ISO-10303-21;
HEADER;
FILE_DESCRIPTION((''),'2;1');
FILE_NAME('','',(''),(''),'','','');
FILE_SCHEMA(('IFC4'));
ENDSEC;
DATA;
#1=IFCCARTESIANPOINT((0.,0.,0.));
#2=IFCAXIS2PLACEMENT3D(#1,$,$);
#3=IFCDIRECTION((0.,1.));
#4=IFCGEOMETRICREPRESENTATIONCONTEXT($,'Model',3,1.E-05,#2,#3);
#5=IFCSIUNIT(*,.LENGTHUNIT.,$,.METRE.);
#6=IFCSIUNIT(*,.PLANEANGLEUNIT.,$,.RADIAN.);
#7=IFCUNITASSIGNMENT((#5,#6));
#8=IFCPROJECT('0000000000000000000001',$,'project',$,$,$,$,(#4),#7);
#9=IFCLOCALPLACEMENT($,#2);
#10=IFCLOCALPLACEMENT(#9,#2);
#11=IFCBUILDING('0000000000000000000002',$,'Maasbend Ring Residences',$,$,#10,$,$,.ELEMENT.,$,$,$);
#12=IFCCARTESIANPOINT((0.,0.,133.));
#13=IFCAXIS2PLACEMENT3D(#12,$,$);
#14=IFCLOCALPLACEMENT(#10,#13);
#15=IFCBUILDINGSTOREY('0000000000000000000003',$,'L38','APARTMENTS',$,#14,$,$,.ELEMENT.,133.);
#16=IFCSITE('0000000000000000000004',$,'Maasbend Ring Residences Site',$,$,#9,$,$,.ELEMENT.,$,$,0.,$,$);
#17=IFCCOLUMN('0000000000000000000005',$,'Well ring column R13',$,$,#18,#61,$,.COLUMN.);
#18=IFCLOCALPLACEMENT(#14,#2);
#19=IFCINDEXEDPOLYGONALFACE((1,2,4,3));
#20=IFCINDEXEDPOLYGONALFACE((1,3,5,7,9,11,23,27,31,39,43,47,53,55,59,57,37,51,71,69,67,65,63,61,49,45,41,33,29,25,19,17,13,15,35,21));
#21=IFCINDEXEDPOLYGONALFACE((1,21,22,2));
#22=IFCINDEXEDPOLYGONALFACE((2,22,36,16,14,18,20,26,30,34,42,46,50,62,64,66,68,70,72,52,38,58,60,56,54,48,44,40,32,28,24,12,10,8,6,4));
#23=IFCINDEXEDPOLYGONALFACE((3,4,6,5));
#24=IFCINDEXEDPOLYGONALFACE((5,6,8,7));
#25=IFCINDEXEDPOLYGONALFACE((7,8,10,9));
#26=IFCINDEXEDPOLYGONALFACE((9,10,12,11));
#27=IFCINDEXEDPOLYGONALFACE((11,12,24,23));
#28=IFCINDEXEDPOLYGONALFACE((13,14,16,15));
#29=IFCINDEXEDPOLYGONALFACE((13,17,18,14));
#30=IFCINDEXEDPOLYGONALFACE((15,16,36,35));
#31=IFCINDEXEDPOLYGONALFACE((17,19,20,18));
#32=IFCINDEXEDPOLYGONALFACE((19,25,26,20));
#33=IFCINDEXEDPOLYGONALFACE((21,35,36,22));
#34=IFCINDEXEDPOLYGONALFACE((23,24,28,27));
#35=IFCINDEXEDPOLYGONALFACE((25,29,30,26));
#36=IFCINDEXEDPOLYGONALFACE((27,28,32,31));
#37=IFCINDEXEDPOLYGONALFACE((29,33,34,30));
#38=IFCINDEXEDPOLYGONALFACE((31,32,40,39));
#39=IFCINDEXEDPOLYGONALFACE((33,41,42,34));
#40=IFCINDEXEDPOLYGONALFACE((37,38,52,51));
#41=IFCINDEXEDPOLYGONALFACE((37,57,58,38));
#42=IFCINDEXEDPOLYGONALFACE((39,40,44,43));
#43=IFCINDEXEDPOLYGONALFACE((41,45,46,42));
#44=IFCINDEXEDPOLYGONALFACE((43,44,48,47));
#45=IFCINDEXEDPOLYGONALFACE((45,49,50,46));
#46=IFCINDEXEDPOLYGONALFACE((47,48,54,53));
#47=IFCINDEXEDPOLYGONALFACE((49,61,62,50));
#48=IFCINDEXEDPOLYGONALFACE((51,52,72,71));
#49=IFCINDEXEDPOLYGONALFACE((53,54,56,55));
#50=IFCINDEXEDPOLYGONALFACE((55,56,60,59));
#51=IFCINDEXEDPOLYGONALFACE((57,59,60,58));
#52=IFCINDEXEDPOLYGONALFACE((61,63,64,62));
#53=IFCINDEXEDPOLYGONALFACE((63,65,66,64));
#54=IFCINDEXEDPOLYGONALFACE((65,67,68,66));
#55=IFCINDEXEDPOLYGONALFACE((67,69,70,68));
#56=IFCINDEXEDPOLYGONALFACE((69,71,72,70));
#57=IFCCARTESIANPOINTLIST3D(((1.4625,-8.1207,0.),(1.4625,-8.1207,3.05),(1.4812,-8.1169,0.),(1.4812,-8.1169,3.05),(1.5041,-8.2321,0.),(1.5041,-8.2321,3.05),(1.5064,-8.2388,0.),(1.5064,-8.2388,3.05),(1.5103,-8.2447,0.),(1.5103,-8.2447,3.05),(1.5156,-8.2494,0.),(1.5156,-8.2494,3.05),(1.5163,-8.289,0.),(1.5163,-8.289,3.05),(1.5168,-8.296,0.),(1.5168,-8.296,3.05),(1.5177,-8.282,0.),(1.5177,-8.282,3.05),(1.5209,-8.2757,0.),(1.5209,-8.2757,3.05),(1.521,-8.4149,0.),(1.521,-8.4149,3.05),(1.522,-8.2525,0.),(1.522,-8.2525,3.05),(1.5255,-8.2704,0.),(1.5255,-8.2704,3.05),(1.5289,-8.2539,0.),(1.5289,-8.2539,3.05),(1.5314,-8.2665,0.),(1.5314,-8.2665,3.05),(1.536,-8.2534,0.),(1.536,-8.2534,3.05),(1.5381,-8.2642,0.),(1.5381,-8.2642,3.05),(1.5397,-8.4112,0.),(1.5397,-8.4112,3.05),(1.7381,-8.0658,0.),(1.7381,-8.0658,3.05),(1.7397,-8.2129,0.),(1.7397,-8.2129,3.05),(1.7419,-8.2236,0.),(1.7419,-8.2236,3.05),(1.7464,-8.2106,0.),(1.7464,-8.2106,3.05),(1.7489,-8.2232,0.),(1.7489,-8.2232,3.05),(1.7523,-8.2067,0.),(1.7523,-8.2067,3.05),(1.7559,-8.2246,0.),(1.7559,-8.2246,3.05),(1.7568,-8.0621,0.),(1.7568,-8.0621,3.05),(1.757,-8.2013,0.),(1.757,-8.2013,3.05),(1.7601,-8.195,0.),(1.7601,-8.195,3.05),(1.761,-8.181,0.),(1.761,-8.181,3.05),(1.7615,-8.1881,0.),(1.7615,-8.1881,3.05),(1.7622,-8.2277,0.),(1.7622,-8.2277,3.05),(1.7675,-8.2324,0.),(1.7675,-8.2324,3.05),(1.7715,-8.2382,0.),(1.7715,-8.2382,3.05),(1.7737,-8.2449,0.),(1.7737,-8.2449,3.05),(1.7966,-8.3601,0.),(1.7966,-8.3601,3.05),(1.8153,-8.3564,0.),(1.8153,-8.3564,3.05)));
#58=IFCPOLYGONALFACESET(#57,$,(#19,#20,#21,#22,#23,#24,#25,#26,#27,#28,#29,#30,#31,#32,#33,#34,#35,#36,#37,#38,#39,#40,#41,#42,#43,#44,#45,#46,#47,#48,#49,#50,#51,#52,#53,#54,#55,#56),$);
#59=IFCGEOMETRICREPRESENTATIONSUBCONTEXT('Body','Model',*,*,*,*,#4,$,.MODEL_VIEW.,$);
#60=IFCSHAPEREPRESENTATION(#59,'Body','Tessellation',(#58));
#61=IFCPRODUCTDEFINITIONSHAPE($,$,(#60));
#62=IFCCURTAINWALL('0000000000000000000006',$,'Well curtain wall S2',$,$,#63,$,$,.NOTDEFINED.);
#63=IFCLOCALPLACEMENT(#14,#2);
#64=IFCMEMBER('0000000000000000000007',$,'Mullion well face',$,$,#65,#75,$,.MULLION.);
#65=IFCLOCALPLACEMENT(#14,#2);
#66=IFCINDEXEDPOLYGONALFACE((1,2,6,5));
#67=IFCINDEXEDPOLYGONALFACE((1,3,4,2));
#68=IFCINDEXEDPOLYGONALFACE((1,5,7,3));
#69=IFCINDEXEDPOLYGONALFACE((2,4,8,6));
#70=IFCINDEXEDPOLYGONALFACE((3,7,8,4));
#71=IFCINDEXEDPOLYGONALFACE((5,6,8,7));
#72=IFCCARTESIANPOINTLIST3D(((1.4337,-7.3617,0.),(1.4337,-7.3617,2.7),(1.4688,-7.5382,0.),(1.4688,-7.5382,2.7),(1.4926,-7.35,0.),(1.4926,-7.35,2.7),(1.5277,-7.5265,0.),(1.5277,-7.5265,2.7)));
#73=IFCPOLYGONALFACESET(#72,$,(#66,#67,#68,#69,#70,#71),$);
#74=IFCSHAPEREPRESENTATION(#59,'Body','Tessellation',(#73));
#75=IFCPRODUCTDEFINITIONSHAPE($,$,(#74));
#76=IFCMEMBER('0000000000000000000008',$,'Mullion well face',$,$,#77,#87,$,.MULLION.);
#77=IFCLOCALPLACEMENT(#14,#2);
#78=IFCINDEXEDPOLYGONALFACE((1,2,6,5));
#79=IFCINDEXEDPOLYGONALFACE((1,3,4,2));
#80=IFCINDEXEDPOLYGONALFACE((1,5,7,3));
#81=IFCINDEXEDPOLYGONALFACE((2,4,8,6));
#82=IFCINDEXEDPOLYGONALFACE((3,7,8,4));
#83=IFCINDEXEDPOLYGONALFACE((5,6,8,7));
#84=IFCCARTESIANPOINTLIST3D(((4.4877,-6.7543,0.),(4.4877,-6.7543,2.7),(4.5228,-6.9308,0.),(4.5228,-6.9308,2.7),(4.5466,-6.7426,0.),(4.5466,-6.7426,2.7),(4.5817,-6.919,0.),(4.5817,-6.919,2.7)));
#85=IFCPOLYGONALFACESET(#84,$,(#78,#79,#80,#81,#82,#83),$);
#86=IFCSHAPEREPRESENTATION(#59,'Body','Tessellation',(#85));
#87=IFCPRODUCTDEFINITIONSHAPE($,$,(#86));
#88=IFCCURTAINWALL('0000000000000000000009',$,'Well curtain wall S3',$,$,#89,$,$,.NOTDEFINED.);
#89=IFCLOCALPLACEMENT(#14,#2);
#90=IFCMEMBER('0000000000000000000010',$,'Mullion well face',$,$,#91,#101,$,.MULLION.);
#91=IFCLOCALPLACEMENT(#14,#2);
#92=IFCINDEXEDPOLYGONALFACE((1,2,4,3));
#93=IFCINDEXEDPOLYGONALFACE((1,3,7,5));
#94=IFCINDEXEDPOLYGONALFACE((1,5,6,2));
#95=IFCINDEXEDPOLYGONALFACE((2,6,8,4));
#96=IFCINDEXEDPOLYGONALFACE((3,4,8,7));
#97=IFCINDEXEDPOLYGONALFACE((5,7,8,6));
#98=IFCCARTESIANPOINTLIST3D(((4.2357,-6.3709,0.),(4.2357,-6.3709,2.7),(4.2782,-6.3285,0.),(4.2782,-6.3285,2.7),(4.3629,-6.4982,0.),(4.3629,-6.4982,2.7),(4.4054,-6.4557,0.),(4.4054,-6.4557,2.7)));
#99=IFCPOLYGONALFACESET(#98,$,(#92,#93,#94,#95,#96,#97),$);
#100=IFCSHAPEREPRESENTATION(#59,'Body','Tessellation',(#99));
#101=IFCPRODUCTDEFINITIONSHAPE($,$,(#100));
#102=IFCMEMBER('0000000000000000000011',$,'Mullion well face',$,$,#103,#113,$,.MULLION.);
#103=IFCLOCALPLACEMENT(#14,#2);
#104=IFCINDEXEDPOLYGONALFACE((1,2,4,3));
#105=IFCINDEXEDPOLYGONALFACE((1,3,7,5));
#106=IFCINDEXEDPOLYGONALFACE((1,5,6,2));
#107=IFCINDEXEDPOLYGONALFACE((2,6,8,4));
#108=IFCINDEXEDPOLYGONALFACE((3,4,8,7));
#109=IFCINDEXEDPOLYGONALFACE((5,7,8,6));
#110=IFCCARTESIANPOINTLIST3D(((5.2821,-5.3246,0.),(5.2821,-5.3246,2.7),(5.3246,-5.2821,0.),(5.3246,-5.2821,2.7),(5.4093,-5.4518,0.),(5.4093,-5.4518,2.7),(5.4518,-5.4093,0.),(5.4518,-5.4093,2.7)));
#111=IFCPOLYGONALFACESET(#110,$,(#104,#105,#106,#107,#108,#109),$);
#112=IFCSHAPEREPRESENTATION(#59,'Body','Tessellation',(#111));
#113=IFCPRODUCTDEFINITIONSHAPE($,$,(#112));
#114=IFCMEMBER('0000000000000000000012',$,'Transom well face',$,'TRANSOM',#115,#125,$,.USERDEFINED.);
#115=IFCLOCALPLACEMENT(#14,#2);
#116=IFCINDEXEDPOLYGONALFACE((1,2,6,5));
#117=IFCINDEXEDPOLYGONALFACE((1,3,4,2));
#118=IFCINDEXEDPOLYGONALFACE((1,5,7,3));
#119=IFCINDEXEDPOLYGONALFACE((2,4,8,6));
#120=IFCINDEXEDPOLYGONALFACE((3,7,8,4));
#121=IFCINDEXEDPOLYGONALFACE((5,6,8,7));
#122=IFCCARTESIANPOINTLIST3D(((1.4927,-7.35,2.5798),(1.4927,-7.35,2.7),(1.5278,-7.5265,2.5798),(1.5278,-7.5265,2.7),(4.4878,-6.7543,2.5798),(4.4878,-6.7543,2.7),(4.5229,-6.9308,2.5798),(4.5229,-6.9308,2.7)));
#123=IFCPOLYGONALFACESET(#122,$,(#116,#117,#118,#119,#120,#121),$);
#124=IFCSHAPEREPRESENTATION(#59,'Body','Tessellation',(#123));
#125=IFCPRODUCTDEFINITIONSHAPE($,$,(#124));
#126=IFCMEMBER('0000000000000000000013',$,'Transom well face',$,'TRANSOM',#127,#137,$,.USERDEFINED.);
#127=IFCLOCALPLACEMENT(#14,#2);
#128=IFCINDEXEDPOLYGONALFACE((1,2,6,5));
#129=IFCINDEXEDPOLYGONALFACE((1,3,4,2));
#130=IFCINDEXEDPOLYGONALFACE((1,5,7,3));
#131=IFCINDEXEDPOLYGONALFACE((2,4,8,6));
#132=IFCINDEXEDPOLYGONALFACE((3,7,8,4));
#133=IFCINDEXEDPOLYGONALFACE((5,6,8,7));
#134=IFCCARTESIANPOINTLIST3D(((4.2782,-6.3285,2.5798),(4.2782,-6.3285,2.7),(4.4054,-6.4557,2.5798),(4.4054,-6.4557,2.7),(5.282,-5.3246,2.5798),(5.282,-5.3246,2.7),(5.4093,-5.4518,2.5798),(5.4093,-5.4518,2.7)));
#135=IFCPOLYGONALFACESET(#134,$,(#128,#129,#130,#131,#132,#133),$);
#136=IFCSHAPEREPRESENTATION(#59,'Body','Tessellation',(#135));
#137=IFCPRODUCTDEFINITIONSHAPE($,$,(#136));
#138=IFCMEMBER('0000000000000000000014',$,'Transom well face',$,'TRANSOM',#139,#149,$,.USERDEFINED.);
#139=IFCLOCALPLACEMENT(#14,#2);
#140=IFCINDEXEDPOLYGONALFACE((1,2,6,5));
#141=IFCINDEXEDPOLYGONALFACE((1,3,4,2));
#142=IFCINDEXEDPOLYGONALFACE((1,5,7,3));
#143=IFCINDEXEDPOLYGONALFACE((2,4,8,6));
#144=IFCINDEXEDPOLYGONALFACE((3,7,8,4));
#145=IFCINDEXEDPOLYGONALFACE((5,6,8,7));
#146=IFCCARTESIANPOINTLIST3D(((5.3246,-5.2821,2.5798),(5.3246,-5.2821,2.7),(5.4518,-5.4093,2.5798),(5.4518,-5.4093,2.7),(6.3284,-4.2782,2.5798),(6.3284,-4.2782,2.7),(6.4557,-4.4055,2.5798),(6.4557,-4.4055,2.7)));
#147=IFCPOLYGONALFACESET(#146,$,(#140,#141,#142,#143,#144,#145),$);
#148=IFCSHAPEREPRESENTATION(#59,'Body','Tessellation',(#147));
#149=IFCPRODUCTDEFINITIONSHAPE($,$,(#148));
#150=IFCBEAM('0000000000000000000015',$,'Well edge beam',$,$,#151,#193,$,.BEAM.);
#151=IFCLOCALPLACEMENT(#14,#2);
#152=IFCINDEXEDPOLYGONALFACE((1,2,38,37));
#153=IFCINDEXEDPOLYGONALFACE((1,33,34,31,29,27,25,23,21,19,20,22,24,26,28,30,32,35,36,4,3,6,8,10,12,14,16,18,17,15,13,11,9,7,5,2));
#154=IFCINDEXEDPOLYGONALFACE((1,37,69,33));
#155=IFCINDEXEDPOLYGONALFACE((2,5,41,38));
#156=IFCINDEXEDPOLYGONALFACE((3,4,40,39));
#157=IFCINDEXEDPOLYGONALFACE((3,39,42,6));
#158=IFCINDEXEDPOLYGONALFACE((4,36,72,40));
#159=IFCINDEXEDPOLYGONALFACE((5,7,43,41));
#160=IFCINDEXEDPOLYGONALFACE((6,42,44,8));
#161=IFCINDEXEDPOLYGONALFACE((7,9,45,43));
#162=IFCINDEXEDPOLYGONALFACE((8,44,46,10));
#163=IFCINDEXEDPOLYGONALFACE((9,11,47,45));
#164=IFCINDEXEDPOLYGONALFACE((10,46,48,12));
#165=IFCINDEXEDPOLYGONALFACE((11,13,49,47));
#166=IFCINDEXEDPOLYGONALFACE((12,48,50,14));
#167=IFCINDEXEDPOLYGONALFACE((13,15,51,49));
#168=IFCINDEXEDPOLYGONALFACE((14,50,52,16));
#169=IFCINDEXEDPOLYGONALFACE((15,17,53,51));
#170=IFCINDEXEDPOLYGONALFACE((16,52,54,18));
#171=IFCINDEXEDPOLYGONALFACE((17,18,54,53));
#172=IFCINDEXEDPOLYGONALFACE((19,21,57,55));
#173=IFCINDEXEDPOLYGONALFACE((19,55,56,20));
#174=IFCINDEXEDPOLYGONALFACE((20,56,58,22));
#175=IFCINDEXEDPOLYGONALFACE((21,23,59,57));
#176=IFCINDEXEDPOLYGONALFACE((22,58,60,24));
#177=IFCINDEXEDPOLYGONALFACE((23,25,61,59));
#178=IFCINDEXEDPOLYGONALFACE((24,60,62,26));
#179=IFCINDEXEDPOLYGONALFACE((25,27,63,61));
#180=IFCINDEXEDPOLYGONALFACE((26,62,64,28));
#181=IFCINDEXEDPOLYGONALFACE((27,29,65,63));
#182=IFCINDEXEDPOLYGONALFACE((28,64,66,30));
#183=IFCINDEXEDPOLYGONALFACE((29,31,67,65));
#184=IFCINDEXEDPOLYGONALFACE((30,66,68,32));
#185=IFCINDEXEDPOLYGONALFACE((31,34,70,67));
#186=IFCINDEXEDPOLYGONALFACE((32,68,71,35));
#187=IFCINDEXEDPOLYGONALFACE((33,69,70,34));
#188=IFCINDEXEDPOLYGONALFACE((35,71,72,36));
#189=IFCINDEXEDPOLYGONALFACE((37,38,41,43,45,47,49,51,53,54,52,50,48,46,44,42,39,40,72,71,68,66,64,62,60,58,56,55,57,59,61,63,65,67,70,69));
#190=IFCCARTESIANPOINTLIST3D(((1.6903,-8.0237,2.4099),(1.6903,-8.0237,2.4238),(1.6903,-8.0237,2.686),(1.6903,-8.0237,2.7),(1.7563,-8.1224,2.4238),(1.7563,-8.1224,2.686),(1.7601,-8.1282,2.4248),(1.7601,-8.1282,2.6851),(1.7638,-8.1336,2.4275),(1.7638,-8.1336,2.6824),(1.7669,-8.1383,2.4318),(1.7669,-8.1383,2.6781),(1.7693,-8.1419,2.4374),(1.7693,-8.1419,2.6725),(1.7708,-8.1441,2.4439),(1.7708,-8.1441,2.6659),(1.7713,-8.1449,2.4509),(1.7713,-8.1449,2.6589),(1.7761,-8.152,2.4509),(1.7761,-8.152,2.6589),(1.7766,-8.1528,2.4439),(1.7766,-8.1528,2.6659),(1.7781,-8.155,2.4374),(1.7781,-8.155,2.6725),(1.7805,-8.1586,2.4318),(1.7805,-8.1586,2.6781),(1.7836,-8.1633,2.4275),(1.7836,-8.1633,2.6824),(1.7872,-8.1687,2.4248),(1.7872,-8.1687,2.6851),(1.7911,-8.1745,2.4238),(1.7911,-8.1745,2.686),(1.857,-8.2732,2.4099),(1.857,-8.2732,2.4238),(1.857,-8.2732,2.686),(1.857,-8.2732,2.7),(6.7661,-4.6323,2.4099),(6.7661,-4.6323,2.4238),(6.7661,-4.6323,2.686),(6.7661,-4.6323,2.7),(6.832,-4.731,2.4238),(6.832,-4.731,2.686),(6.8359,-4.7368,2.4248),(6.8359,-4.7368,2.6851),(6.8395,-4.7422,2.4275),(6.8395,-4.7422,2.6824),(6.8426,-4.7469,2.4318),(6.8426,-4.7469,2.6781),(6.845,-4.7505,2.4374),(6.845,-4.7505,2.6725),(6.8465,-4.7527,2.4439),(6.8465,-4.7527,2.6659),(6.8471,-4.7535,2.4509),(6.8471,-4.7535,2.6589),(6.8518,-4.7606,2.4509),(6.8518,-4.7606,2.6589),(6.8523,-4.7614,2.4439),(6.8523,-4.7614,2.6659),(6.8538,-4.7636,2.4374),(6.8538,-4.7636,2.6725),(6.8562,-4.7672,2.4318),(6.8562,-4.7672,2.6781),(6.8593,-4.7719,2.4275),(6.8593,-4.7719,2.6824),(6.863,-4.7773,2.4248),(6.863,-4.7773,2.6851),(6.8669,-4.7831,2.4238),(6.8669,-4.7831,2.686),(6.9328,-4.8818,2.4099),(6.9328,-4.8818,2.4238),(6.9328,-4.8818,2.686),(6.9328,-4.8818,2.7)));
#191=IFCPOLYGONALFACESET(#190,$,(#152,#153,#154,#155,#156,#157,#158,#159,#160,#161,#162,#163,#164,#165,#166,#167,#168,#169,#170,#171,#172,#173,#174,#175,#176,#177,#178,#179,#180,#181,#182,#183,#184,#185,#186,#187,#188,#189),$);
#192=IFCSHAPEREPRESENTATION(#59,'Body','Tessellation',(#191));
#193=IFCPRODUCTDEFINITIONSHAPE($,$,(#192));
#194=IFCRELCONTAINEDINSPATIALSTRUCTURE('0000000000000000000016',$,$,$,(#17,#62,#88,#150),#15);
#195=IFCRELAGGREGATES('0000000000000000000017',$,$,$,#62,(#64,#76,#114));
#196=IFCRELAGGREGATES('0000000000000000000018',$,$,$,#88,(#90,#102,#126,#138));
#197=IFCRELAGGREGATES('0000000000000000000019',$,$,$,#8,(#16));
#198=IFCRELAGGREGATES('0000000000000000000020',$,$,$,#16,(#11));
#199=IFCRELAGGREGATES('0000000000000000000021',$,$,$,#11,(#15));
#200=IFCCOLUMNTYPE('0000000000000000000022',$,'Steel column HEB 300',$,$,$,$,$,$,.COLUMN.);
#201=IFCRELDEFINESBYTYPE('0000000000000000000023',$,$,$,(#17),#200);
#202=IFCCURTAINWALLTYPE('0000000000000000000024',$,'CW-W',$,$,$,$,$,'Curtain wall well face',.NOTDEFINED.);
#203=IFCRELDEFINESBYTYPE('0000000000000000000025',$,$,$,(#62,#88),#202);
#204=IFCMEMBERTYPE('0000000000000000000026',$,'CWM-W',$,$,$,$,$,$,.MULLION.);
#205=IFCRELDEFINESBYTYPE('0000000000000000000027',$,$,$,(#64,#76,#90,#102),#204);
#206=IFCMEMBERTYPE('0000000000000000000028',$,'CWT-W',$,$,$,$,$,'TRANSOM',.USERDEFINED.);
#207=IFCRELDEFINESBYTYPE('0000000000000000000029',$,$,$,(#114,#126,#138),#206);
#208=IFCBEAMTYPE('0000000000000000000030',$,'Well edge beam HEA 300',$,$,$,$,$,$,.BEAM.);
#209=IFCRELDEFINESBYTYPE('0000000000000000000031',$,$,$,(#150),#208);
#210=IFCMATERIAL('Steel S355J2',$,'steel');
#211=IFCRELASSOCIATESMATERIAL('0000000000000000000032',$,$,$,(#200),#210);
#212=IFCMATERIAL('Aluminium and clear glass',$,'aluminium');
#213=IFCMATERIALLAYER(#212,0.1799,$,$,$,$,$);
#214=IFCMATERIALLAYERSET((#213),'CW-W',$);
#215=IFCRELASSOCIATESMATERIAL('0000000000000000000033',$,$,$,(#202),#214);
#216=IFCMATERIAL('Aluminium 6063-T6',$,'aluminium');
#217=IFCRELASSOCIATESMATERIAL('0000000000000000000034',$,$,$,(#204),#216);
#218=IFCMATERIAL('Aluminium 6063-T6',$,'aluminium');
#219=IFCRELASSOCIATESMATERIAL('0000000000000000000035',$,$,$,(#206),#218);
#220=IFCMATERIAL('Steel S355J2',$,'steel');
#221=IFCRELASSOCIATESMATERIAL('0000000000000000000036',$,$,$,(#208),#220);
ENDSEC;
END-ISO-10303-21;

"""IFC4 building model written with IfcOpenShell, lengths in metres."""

from ifc_helpers import new_model, si_unit, direction, frame, origin, origin_2d, place, context, subcontext, project, spatial, rectangle, i_section, extrude, material, layer, layer_set, material_profile, profile_set, type_object, element, aggregate, save


model = new_model("IFC4")

# Units and contexts
model_context = context("Model", 3, precision=1e-05, world=origin(), true_north=direction((0.0, 1.0)))
body_context = subcontext(model_context, "Body", "Model", "MODEL_VIEW")
ifc_project = project(units=[si_unit("LENGTHUNIT", "METRE"), si_unit("PLANEANGLEUNIT", "RADIAN")], contexts=[model_context])

# Site, building, storey
site_placement = place(None, origin())
site = spatial("IfcSite", under=ifc_project, at=site_placement, Name="Maasbend Ring Residences Site", CompositionType="ELEMENT", RefElevation=0.0)
building_placement = place(site_placement, origin())
building = spatial("IfcBuilding", under=site, at=building_placement, Name="Maasbend Ring Residences", CompositionType="ELEMENT")
storey_placement = place(building_placement, frame((0.0, 0.0, 133.0)))
storey = spatial("IfcBuildingStorey", under=building, at=storey_placement, Name="L38", Description="APARTMENTS", CompositionType="ELEMENT", Elevation=133.0)

# Column
ifc_material_1 = material(Name="Steel S355J2", Category="steel")
ifc_material_profile_1 = material_profile(ifc_material_1, i_section(OverallWidth=0.3, OverallDepth=0.3, WebThickness=0.011, FlangeThickness=0.019, FilletRadius=0.0271, at=origin_2d()), Name="HEB 300")
ifc_profile_set_1 = profile_set([ifc_material_profile_1], Name="Steel S355J2")
column_type = type_object("IfcColumnType", Name="Steel column HEB 300", PredefinedType="COLUMN", material=ifc_profile_set_1)
column_placement = place(storey_placement, frame((1.6389, -8.2385, 0.0), z_axis=(0.0, 0.0, 1.0), x_axis=(0.19509, -0.980785, 0.0)))
element("IfcColumn", 1, at=column_placement, inside=storey, type_object=column_type, Name="Well ring column R13", PredefinedType="COLUMN", context=body_context, shape_type="SweptSolid", body=[
    extrude(i_section(OverallWidth=0.3, OverallDepth=0.3, WebThickness=0.011, FlangeThickness=0.019, FilletRadius=0.0271, at=origin_2d()), origin(), (0.0, 0.0, 1.0), 3.05),
])

# Curtain walls, members
ifc_material_2 = material(Name="Aluminium and clear glass", Category="aluminium")
ifc_layer_1 = layer(ifc_material_2, 0.1799)
ifc_layer_set_1 = layer_set([ifc_layer_1], Name="CW-W")
curtain_wall_type = type_object("IfcCurtainWallType", Name="CW-W", ElementType="Curtain wall well face", PredefinedType="NOTDEFINED", material=ifc_layer_set_1)
curtain_wall_1_placement = place(storey_placement, origin())
curtain_wall_1 = element("IfcCurtainWall", 2, at=curtain_wall_1_placement, inside=storey, type_object=curtain_wall_type, Name="Well curtain wall S2", PredefinedType="NOTDEFINED")
ifc_material_3 = material(Name="Aluminium 6063-T6", Category="aluminium")
ifc_material_profile_2 = material_profile(ifc_material_3, rectangle(XDim=0.1799, YDim=0.0601, at=origin_2d()), Name="AL 180x60")
ifc_profile_set_2 = profile_set([ifc_material_profile_2], Name="Aluminium 6063-T6")
member_type_1 = type_object("IfcMemberType", Name="CWM-W", PredefinedType="MULLION", material=ifc_profile_set_2)
member_1_placement = place(storey_placement, frame((1.4807, -7.4441, 0.0), z_axis=(0.0, 0.0, 1.0), x_axis=(-0.19509, 0.980785, 0.0)))
member_1 = element("IfcMember", 3, at=member_1_placement, type_object=member_type_1, Name="Mullion well face", PredefinedType="MULLION", context=body_context, shape_type="SweptSolid", body=[
    extrude(rectangle(XDim=0.1799, YDim=0.0601, at=origin_2d()), origin(), (0.0, 0.0, 1.0), 2.7),
])
member_2_placement = place(storey_placement, frame((4.5347, -6.8367, 0.0), z_axis=(0.0, 0.0, 1.0), x_axis=(-0.19509, 0.980785, 0.0)))
member_2 = element("IfcMember", 4, at=member_2_placement, type_object=member_type_1, Name="Mullion well face", PredefinedType="MULLION", context=body_context, shape_type="SweptSolid", body=[
    extrude(rectangle(XDim=0.1799, YDim=0.0601, at=origin_2d()), origin(), (0.0, 0.0, 1.0), 2.7),
])
curtain_wall_2_placement = place(storey_placement, origin())
curtain_wall_2 = element("IfcCurtainWall", 5, at=curtain_wall_2_placement, inside=storey, type_object=curtain_wall_type, Name="Well curtain wall S3", PredefinedType="NOTDEFINED")
member_3_placement = place(storey_placement, frame((4.3206, -6.4133, 0.0), z_axis=(0.0, 0.0, 1.0), x_axis=(-0.707107, 0.707107, 0.0)))
member_3 = element("IfcMember", 6, at=member_3_placement, type_object=member_type_1, Name="Mullion well face", PredefinedType="MULLION", context=body_context, shape_type="SweptSolid", body=[
    extrude(rectangle(XDim=0.1799, YDim=0.0601, at=origin_2d()), origin(), (0.0, 0.0, 1.0), 2.7),
])
member_4_placement = place(storey_placement, frame((5.3669, -5.3669, 0.0), z_axis=(0.0, 0.0, 1.0), x_axis=(-0.707107, 0.707107, 0.0)))
member_4 = element("IfcMember", 7, at=member_4_placement, type_object=member_type_1, Name="Mullion well face", PredefinedType="MULLION", context=body_context, shape_type="SweptSolid", body=[
    extrude(rectangle(XDim=0.1799, YDim=0.0601, at=origin_2d()), origin(), (0.0, 0.0, 1.0), 2.7),
])

# Members
ifc_material_4 = material(Name="Aluminium 6063-T6", Category="aluminium")
ifc_material_profile_3 = material_profile(ifc_material_4, rectangle(XDim=0.1799, YDim=0.1201, at=origin_2d()), Name="AL 180x120")
ifc_profile_set_3 = profile_set([ifc_material_profile_3], Name="Aluminium 6063-T6")
member_type_2 = type_object("IfcMemberType", Name="CWT-W", ElementType="TRANSOM", PredefinedType="USERDEFINED", material=ifc_profile_set_3)
member_5_placement = place(storey_placement, frame((1.5103, -7.4382, 2.6399), z_axis=(0.980789, 0.195071, 0.0), x_axis=(-0.195071, 0.980789, 0.0)))
member_5 = element("IfcMember", 8, at=member_5_placement, type_object=member_type_2, Name="Transom well face", ObjectType="TRANSOM", PredefinedType="USERDEFINED", context=body_context, shape_type="SweptSolid", body=[
    extrude(rectangle(XDim=0.1799, YDim=0.1201, at=origin_2d()), origin(), (0.0, 0.0, 1.0), 3.0537),
])
member_6_placement = place(storey_placement, frame((4.3418, -6.3921, 2.6399), z_axis=(0.707107, 0.707107, 0.0), x_axis=(-0.707107, 0.707107, 0.0)))
member_6 = element("IfcMember", 9, at=member_6_placement, type_object=member_type_2, Name="Transom well face", ObjectType="TRANSOM", PredefinedType="USERDEFINED", context=body_context, shape_type="SweptSolid", body=[
    extrude(rectangle(XDim=0.1799, YDim=0.1201, at=origin_2d()), origin(), (0.0, 0.0, 1.0), 1.4197),
])
member_7_placement = place(storey_placement, frame((5.3882, -5.3457, 2.6399), z_axis=(0.707107, 0.707107, 0.0), x_axis=(-0.707107, 0.707107, 0.0)))
member_7 = element("IfcMember", 10, at=member_7_placement, type_object=member_type_2, Name="Transom well face", ObjectType="TRANSOM", PredefinedType="USERDEFINED", context=body_context, shape_type="SweptSolid", body=[
    extrude(rectangle(XDim=0.1799, YDim=0.1201, at=origin_2d()), origin(), (0.0, 0.0, 1.0), 1.4197),
])

# Beam
ifc_material_5 = material(Name="Steel S355J2", Category="steel")
ifc_material_profile_4 = material_profile(ifc_material_5, i_section(OverallWidth=0.3, OverallDepth=0.29, WebThickness=0.0085, FlangeThickness=0.0139, FilletRadius=0.0271, at=origin_2d()), Name="HEA 300")
ifc_profile_set_4 = profile_set([ifc_material_profile_4], Name="Steel S355J2")
beam_type = type_object("IfcBeamType", Name="Well edge beam HEA 300", PredefinedType="BEAM", material=ifc_profile_set_4)
beam_placement = place(storey_placement, frame((1.7737, -8.1484, 2.5549), z_axis=(0.831478, 0.555558, 0.0), x_axis=(-0.555558, 0.831478, 0.0)))
element("IfcBeam", 11, at=beam_placement, inside=storey, type_object=beam_type, Name="Well edge beam", PredefinedType="BEAM", context=body_context, shape_type="SweptSolid", body=[
    extrude(i_section(OverallWidth=0.3, OverallDepth=0.29, WebThickness=0.0085, FlangeThickness=0.0139, FilletRadius=0.0271, at=origin_2d()), origin(), (0.0, 0.0, 1.0), 6.1045),
])

aggregate(curtain_wall_1, [member_1, member_2, member_5])
aggregate(curtain_wall_2, [member_3, member_4, member_6, member_7])

save(model, "model.ifc")
